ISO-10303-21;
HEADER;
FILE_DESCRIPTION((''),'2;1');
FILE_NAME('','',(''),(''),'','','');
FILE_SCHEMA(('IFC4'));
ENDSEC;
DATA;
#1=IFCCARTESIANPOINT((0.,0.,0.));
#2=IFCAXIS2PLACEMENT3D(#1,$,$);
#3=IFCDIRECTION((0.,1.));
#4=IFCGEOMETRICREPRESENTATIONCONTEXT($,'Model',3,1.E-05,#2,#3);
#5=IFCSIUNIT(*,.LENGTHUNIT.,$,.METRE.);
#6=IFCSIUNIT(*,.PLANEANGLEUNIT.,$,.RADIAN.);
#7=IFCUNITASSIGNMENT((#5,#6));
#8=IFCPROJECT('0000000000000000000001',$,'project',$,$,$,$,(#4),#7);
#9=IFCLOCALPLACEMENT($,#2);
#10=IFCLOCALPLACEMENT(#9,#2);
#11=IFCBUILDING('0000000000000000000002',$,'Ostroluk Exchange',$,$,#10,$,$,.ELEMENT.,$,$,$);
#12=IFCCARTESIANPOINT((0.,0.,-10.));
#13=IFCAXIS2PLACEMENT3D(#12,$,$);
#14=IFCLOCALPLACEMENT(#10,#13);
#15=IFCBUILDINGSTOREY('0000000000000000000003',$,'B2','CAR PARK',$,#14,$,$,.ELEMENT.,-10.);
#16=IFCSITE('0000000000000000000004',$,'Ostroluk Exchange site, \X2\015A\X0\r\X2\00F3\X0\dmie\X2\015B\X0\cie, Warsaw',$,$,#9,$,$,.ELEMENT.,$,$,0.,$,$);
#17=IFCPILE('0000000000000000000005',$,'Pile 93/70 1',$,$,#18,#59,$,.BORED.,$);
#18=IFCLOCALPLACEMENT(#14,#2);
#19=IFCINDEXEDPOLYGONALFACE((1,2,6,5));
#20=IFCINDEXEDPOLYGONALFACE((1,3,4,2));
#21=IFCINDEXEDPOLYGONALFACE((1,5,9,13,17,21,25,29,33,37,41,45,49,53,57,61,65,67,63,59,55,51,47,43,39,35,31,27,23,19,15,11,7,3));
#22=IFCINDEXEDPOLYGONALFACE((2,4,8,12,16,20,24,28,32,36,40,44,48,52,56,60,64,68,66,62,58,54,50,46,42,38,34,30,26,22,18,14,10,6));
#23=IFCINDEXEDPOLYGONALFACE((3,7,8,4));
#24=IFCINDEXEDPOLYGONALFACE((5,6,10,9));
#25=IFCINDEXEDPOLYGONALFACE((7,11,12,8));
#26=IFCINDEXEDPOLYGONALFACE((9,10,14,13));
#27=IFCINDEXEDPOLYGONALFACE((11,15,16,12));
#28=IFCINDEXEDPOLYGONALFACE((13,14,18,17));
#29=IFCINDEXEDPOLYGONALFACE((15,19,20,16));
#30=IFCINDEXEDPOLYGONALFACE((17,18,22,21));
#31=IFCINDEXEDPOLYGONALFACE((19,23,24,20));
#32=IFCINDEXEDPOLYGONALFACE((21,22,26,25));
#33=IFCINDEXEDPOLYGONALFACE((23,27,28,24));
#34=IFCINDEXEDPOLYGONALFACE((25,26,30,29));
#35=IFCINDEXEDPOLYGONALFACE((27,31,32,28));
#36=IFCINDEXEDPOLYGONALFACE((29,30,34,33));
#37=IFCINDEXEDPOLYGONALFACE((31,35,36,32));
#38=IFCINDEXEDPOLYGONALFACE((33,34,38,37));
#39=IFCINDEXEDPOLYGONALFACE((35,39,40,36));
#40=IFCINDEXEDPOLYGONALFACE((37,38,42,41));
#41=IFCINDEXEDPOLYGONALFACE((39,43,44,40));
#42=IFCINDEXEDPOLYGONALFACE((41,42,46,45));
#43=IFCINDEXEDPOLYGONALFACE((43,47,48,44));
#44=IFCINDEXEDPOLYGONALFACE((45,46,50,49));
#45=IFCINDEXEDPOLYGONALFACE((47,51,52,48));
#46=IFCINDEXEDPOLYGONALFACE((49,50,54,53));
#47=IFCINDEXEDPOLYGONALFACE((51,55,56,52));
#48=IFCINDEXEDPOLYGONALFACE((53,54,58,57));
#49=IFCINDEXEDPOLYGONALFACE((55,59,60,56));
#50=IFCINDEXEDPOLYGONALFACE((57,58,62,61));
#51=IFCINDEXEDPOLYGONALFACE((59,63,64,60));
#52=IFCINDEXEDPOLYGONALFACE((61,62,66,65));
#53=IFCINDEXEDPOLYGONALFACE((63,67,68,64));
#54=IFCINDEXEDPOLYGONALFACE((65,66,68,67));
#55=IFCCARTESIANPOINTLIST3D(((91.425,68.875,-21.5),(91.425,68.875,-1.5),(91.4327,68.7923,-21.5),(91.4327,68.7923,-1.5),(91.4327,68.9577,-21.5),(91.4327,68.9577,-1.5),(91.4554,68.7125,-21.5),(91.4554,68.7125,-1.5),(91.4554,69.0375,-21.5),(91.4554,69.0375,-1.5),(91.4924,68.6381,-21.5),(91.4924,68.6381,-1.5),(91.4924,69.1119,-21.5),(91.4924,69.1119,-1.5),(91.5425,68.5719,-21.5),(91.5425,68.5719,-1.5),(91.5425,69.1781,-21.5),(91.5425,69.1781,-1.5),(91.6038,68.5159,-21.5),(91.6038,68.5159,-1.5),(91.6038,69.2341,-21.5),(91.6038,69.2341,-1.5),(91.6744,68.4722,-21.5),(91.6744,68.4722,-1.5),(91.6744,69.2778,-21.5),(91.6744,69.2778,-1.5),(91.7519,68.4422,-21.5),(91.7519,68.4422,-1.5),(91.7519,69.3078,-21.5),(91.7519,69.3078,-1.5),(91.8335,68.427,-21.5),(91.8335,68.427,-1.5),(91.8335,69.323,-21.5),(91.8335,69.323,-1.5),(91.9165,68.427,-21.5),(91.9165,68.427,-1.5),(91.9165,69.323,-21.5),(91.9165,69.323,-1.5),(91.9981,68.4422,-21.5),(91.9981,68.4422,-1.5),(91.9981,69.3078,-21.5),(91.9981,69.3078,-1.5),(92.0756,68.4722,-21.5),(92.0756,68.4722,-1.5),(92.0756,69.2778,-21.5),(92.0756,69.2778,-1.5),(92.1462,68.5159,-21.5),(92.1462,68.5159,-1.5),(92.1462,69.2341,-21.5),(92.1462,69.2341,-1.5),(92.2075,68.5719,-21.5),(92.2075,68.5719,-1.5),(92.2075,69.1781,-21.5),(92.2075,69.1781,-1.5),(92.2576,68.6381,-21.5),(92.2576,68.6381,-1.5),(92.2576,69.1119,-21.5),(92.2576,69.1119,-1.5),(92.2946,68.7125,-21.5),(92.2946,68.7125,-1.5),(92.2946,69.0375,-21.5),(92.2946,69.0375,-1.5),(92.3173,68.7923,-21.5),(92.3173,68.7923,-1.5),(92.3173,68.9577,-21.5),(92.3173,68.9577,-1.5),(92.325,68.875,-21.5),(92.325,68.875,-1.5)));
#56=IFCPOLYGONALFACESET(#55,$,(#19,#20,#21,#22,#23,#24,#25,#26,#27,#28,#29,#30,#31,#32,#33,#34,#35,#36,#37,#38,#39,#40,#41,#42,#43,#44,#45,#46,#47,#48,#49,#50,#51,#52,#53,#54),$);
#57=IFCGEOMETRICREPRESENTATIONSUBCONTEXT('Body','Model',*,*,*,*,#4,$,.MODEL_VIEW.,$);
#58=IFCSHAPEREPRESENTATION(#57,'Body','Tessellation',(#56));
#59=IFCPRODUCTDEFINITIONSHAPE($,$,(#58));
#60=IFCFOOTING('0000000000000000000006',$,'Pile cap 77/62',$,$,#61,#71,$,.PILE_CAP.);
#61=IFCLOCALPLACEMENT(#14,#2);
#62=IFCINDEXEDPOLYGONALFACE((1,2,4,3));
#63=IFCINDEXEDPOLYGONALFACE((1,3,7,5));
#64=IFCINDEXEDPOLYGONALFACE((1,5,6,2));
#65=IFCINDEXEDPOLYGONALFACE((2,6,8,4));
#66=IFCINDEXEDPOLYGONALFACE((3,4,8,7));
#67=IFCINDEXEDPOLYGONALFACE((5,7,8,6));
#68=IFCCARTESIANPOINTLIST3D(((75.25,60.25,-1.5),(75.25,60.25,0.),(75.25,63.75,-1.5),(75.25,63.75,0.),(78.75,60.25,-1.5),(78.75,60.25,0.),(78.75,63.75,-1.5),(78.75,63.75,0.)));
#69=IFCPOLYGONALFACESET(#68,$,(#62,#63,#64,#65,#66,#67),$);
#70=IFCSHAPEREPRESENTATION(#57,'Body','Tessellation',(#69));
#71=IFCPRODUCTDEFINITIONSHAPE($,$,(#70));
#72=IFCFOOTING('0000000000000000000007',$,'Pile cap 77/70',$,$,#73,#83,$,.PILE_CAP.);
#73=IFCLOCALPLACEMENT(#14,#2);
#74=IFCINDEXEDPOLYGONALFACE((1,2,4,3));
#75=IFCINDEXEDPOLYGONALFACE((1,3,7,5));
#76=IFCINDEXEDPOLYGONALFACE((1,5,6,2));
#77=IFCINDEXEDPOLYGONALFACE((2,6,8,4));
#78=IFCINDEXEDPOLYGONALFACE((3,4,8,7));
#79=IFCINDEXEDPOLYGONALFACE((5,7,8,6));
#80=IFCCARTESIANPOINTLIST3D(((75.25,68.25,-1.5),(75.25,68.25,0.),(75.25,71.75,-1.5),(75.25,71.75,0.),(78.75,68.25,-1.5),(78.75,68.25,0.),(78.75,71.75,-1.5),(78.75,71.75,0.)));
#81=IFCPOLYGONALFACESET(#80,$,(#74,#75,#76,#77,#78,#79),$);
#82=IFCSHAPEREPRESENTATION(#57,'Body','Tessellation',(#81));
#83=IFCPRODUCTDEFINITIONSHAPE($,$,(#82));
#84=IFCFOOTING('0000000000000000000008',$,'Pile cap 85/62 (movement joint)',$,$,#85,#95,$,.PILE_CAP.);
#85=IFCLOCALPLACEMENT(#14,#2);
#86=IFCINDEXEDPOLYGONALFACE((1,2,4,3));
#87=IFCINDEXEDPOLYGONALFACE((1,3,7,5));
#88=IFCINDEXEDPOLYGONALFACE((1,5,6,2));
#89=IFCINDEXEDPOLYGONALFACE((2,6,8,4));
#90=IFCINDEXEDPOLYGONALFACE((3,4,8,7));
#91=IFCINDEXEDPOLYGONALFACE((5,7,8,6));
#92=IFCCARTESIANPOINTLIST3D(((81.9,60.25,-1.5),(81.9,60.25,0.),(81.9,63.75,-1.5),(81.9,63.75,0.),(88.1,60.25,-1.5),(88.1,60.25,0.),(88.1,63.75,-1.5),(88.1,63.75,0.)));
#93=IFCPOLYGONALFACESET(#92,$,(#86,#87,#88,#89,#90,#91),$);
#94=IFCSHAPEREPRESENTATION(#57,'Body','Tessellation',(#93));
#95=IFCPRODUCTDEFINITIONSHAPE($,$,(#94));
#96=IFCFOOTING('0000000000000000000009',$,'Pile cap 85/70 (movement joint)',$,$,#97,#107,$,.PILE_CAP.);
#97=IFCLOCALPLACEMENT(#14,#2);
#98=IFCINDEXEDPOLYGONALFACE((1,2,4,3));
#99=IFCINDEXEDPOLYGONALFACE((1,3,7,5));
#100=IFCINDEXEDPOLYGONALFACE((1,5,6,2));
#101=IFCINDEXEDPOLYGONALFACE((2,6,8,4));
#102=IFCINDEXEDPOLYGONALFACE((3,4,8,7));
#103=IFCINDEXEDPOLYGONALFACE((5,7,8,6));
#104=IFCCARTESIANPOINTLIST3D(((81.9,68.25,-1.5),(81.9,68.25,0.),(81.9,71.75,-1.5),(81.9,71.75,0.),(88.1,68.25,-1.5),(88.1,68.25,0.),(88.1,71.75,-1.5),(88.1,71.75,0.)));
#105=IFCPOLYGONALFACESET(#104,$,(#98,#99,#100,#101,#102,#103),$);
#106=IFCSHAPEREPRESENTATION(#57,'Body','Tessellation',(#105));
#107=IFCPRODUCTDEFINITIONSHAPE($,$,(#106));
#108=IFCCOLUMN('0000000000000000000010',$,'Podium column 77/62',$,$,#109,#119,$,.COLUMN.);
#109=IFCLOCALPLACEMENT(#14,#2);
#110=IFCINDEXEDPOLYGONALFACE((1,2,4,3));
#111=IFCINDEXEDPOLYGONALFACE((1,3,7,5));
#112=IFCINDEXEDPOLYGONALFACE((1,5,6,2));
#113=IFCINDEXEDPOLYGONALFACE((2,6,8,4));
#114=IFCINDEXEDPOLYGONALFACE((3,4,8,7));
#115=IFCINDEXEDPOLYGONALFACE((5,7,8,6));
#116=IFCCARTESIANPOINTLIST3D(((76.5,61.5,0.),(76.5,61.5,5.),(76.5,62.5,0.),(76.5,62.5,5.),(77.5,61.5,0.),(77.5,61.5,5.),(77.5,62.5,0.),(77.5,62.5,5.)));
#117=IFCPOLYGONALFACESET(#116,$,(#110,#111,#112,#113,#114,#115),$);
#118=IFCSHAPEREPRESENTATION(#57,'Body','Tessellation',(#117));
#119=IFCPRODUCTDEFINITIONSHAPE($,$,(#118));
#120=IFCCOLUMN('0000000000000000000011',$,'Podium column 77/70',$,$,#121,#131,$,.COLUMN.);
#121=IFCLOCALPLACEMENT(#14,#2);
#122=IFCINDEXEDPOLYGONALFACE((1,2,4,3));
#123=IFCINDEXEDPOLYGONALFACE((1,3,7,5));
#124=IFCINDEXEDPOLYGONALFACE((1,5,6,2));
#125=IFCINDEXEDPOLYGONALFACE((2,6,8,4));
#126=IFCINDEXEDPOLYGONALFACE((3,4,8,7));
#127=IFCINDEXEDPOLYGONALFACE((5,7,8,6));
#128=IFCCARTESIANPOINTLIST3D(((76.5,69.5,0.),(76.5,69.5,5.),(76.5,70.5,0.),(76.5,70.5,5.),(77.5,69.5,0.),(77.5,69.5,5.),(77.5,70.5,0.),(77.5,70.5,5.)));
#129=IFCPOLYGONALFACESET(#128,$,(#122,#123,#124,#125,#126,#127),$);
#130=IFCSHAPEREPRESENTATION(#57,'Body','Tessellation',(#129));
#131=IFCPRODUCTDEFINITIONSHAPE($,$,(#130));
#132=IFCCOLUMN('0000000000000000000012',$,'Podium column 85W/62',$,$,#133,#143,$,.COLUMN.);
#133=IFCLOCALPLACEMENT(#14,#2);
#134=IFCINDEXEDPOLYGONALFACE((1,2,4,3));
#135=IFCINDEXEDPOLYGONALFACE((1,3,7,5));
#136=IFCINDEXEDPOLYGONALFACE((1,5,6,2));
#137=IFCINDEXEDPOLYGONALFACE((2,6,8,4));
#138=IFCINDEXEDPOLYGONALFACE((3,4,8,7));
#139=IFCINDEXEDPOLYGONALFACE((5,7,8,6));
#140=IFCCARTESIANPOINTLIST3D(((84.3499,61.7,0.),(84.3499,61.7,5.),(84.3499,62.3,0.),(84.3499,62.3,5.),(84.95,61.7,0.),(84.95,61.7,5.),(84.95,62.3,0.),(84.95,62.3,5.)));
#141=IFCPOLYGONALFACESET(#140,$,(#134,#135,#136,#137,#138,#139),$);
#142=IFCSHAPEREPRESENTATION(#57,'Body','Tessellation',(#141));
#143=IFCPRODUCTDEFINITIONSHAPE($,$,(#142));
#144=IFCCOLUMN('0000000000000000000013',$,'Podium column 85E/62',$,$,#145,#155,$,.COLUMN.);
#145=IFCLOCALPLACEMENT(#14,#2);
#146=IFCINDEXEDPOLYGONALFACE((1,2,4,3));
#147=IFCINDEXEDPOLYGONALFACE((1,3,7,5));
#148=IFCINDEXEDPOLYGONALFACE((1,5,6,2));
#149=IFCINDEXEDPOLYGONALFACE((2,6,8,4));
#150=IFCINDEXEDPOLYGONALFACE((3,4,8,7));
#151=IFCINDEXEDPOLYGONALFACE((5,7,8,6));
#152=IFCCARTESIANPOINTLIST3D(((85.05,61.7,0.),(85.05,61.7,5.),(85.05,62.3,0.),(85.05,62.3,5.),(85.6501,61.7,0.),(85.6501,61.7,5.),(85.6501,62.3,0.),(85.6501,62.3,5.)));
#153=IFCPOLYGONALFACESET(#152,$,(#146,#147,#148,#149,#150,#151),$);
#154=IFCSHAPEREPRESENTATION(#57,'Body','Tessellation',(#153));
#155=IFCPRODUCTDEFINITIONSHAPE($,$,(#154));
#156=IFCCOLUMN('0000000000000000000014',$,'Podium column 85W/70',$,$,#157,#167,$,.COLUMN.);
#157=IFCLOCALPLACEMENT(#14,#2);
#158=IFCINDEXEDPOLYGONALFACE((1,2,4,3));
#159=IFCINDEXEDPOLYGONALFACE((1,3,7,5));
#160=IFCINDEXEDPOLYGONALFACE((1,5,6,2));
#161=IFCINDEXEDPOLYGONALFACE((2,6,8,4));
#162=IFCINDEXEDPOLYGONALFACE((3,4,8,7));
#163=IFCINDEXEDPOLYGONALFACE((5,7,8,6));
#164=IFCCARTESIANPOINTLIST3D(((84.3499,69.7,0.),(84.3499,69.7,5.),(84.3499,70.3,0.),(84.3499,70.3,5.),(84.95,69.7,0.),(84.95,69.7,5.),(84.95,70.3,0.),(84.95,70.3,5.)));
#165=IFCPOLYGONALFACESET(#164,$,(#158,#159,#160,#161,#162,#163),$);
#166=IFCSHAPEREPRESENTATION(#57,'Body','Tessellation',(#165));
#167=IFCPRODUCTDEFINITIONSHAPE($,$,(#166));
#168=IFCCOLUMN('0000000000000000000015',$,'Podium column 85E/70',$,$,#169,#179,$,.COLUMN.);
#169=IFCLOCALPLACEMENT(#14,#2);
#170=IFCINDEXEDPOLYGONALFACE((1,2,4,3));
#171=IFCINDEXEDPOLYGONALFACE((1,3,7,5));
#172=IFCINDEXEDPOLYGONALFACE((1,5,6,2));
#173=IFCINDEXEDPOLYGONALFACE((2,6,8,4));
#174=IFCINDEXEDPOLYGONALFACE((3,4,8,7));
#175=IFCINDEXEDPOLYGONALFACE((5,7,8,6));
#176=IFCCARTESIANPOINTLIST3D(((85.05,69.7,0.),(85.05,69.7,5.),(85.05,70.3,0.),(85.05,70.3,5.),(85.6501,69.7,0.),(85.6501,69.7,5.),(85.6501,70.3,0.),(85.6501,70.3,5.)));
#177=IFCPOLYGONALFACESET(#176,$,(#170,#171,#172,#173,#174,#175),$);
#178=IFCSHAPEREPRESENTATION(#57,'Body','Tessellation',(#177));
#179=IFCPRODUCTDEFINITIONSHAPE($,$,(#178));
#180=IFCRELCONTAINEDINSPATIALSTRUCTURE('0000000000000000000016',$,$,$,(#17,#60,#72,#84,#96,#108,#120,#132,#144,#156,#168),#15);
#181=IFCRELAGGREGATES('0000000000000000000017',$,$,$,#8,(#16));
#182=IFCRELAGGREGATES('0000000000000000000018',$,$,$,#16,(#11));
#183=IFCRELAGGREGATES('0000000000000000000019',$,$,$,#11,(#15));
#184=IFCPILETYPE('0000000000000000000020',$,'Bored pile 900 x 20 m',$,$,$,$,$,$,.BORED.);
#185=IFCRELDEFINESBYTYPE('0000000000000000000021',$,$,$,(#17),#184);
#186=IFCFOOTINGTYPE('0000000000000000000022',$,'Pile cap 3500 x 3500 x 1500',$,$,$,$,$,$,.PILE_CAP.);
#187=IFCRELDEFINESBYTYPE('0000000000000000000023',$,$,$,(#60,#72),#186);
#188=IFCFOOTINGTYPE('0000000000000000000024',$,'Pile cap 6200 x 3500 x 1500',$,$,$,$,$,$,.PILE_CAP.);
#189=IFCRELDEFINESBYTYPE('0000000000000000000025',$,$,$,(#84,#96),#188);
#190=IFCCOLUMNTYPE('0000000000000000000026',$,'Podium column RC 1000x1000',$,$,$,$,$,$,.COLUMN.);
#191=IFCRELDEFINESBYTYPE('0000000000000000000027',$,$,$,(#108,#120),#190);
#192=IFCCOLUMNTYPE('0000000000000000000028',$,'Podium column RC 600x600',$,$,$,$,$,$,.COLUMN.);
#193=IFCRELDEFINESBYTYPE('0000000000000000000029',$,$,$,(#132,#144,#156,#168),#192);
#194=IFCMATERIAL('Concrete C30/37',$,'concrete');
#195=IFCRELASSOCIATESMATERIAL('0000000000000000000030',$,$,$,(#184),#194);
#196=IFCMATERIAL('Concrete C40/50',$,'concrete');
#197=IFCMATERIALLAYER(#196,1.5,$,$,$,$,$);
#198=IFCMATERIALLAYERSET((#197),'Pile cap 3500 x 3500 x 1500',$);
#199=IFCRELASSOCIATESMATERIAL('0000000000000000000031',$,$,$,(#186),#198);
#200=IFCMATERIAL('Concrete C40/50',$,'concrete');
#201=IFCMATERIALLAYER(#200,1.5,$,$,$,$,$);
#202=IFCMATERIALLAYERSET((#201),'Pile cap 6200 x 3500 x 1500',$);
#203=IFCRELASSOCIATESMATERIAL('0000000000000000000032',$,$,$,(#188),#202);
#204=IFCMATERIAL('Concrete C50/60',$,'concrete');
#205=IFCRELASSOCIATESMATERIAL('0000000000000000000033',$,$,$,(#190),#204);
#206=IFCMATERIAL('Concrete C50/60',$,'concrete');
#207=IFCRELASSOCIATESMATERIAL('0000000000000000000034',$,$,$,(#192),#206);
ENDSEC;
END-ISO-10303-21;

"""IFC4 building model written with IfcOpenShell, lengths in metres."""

from ifc_helpers import new_model, si_unit, direction, frame, origin, origin_2d, place, context, subcontext, project, spatial, rectangle, circle, extrude, material, layer, layer_set, material_profile, profile_set, type_object, element, save


model = new_model("IFC4")

# Units and contexts
model_context = context("Model", 3, precision=1e-05, world=origin(), true_north=direction((0.0, 1.0)))
body_context = subcontext(model_context, "Body", "Model", "MODEL_VIEW")
ifc_project = project(units=[si_unit("LENGTHUNIT", "METRE"), si_unit("PLANEANGLEUNIT", "RADIAN")], contexts=[model_context])

# Site, building, storey
site_placement = place(None, origin())
site = spatial("IfcSite", under=ifc_project, at=site_placement, Name="Ostroluk Exchange site, Śródmieście, Warsaw", CompositionType="ELEMENT", RefElevation=0.0)
building_placement = place(site_placement, origin())
building = spatial("IfcBuilding", under=site, at=building_placement, Name="Ostroluk Exchange", CompositionType="ELEMENT")
storey_placement = place(building_placement, frame((0.0, 0.0, -10.0)))
storey = spatial("IfcBuildingStorey", under=building, at=storey_placement, Name="B2", Description="CAR PARK", CompositionType="ELEMENT", Elevation=-10.0)

# Pile
ifc_material_1 = material(Name="Concrete C30/37", Category="concrete")
pile_type = type_object("IfcPileType", Name="Bored pile 900 x 20 m", PredefinedType="BORED", material=ifc_material_1)
for number, where, z_axis, x_axis, name in (
    (1, (91.875, 68.875, -1.5), (0.0, 0.0, -1.0), (1.0, 0.0, 0.0), "Pile 93/70 1"),
):
    element("IfcPile", number, at=place(storey_placement, frame(where, z_axis=z_axis, x_axis=x_axis)), inside=storey, type_object=pile_type, Name=name, PredefinedType="BORED", context=body_context, shape_type="SweptSolid", body=[
        extrude(circle(Radius=0.45, at=origin_2d()), origin(), (0.0, 0.0, 1.0), 20.0),
    ])

# Footings
ifc_material_2 = material(Name="Concrete C40/50", Category="concrete")
ifc_layer_1 = layer(ifc_material_2, 1.5)
ifc_layer_set_1 = layer_set([ifc_layer_1], Name="Pile cap 3500 x 3500 x 1500")
footing_type_1 = type_object("IfcFootingType", Name="Pile cap 3500 x 3500 x 1500", PredefinedType="PILE_CAP", material=ifc_layer_set_1)
for number, where, z_axis, x_axis, name in (
    (2, (77.0, 62.0, -1.5), (0.0, 0.0, 1.0), (1.0, 0.0, 0.0), "Pile cap 77/62"),
    (3, (77.0, 70.0, -1.5), (0.0, 0.0, 1.0), (1.0, 0.0, 0.0), "Pile cap 77/70"),
):
    element("IfcFooting", number, at=place(storey_placement, frame(where, z_axis=z_axis, x_axis=x_axis)), inside=storey, type_object=footing_type_1, Name=name, PredefinedType="PILE_CAP", context=body_context, shape_type="SweptSolid", body=[
        extrude(rectangle(XDim=3.5, YDim=3.5, at=origin_2d()), origin(), (0.0, 0.0, 1.0), 1.5),
    ])
ifc_material_3 = material(Name="Concrete C40/50", Category="concrete")
ifc_layer_2 = layer(ifc_material_3, 1.5)
ifc_layer_set_2 = layer_set([ifc_layer_2], Name="Pile cap 6200 x 3500 x 1500")
footing_type_2 = type_object("IfcFootingType", Name="Pile cap 6200 x 3500 x 1500", PredefinedType="PILE_CAP", material=ifc_layer_set_2)
for number, where, z_axis, x_axis, name in (
    (4, (85.0, 62.0, -1.5), (0.0, 0.0, 1.0), (1.0, 0.0, 0.0), "Pile cap 85/62 (movement joint)"),
    (5, (85.0, 70.0, -1.5), (0.0, 0.0, 1.0), (1.0, 0.0, 0.0), "Pile cap 85/70 (movement joint)"),
):
    element("IfcFooting", number, at=place(storey_placement, frame(where, z_axis=z_axis, x_axis=x_axis)), inside=storey, type_object=footing_type_2, Name=name, PredefinedType="PILE_CAP", context=body_context, shape_type="SweptSolid", body=[
        extrude(rectangle(XDim=6.2, YDim=3.5, at=origin_2d()), origin(), (0.0, 0.0, 1.0), 1.5),
    ])

# Columns
ifc_material_4 = material(Name="Concrete C50/60", Category="concrete")
ifc_material_profile_1 = material_profile(ifc_material_4, rectangle(XDim=1.0, YDim=1.0, at=origin_2d()), Name="RC 1000x1000")
ifc_profile_set_1 = profile_set([ifc_material_profile_1], Name="Concrete C50/60")
column_type_1 = type_object("IfcColumnType", Name="Podium column RC 1000x1000", PredefinedType="COLUMN", material=ifc_profile_set_1)
for number, where, z_axis, x_axis, name in (
    (6, (77.0, 62.0, 0.0), (0.0, 0.0, 1.0), (1.0, 0.0, 0.0), "Podium column 77/62"),
    (7, (77.0, 70.0, 0.0), (0.0, 0.0, 1.0), (1.0, 0.0, 0.0), "Podium column 77/70"),
):
    element("IfcColumn", number, at=place(storey_placement, frame(where, z_axis=z_axis, x_axis=x_axis)), inside=storey, type_object=column_type_1, Name=name, PredefinedType="COLUMN", context=body_context, shape_type="SweptSolid", body=[
        extrude(rectangle(XDim=1.0, YDim=1.0, at=origin_2d()), origin(), (0.0, 0.0, 1.0), 5.0),
    ])
ifc_material_5 = material(Name="Concrete C50/60", Category="concrete")
ifc_material_profile_2 = material_profile(ifc_material_5, rectangle(XDim=0.6001, YDim=0.6001, at=origin_2d()), Name="RC 600x600")
ifc_profile_set_2 = profile_set([ifc_material_profile_2], Name="Concrete C50/60")
column_type_2 = type_object("IfcColumnType", Name="Podium column RC 600x600", PredefinedType="COLUMN", material=ifc_profile_set_2)
for number, where, z_axis, x_axis, name in (
    (8, (84.6499, 62.0, 0.0), (0.0, 0.0, 1.0), (1.0, 0.0, 0.0), "Podium column 85W/62"),
    (9, (85.3501, 62.0, 0.0), (0.0, 0.0, 1.0), (1.0, 0.0, 0.0), "Podium column 85E/62"),
    (10, (84.6499, 70.0, 0.0), (0.0, 0.0, 1.0), (1.0, 0.0, 0.0), "Podium column 85W/70"),
    (11, (85.3501, 70.0, 0.0), (0.0, 0.0, 1.0), (1.0, 0.0, 0.0), "Podium column 85E/70"),
):
    element("IfcColumn", number, at=place(storey_placement, frame(where, z_axis=z_axis, x_axis=x_axis)), inside=storey, type_object=column_type_2, Name=name, PredefinedType="COLUMN", context=body_context, shape_type="SweptSolid", body=[
        extrude(rectangle(XDim=0.6001, YDim=0.6001, at=origin_2d()), origin(), (0.0, 0.0, 1.0), 5.0),
    ])

save(model, "model.ifc")
